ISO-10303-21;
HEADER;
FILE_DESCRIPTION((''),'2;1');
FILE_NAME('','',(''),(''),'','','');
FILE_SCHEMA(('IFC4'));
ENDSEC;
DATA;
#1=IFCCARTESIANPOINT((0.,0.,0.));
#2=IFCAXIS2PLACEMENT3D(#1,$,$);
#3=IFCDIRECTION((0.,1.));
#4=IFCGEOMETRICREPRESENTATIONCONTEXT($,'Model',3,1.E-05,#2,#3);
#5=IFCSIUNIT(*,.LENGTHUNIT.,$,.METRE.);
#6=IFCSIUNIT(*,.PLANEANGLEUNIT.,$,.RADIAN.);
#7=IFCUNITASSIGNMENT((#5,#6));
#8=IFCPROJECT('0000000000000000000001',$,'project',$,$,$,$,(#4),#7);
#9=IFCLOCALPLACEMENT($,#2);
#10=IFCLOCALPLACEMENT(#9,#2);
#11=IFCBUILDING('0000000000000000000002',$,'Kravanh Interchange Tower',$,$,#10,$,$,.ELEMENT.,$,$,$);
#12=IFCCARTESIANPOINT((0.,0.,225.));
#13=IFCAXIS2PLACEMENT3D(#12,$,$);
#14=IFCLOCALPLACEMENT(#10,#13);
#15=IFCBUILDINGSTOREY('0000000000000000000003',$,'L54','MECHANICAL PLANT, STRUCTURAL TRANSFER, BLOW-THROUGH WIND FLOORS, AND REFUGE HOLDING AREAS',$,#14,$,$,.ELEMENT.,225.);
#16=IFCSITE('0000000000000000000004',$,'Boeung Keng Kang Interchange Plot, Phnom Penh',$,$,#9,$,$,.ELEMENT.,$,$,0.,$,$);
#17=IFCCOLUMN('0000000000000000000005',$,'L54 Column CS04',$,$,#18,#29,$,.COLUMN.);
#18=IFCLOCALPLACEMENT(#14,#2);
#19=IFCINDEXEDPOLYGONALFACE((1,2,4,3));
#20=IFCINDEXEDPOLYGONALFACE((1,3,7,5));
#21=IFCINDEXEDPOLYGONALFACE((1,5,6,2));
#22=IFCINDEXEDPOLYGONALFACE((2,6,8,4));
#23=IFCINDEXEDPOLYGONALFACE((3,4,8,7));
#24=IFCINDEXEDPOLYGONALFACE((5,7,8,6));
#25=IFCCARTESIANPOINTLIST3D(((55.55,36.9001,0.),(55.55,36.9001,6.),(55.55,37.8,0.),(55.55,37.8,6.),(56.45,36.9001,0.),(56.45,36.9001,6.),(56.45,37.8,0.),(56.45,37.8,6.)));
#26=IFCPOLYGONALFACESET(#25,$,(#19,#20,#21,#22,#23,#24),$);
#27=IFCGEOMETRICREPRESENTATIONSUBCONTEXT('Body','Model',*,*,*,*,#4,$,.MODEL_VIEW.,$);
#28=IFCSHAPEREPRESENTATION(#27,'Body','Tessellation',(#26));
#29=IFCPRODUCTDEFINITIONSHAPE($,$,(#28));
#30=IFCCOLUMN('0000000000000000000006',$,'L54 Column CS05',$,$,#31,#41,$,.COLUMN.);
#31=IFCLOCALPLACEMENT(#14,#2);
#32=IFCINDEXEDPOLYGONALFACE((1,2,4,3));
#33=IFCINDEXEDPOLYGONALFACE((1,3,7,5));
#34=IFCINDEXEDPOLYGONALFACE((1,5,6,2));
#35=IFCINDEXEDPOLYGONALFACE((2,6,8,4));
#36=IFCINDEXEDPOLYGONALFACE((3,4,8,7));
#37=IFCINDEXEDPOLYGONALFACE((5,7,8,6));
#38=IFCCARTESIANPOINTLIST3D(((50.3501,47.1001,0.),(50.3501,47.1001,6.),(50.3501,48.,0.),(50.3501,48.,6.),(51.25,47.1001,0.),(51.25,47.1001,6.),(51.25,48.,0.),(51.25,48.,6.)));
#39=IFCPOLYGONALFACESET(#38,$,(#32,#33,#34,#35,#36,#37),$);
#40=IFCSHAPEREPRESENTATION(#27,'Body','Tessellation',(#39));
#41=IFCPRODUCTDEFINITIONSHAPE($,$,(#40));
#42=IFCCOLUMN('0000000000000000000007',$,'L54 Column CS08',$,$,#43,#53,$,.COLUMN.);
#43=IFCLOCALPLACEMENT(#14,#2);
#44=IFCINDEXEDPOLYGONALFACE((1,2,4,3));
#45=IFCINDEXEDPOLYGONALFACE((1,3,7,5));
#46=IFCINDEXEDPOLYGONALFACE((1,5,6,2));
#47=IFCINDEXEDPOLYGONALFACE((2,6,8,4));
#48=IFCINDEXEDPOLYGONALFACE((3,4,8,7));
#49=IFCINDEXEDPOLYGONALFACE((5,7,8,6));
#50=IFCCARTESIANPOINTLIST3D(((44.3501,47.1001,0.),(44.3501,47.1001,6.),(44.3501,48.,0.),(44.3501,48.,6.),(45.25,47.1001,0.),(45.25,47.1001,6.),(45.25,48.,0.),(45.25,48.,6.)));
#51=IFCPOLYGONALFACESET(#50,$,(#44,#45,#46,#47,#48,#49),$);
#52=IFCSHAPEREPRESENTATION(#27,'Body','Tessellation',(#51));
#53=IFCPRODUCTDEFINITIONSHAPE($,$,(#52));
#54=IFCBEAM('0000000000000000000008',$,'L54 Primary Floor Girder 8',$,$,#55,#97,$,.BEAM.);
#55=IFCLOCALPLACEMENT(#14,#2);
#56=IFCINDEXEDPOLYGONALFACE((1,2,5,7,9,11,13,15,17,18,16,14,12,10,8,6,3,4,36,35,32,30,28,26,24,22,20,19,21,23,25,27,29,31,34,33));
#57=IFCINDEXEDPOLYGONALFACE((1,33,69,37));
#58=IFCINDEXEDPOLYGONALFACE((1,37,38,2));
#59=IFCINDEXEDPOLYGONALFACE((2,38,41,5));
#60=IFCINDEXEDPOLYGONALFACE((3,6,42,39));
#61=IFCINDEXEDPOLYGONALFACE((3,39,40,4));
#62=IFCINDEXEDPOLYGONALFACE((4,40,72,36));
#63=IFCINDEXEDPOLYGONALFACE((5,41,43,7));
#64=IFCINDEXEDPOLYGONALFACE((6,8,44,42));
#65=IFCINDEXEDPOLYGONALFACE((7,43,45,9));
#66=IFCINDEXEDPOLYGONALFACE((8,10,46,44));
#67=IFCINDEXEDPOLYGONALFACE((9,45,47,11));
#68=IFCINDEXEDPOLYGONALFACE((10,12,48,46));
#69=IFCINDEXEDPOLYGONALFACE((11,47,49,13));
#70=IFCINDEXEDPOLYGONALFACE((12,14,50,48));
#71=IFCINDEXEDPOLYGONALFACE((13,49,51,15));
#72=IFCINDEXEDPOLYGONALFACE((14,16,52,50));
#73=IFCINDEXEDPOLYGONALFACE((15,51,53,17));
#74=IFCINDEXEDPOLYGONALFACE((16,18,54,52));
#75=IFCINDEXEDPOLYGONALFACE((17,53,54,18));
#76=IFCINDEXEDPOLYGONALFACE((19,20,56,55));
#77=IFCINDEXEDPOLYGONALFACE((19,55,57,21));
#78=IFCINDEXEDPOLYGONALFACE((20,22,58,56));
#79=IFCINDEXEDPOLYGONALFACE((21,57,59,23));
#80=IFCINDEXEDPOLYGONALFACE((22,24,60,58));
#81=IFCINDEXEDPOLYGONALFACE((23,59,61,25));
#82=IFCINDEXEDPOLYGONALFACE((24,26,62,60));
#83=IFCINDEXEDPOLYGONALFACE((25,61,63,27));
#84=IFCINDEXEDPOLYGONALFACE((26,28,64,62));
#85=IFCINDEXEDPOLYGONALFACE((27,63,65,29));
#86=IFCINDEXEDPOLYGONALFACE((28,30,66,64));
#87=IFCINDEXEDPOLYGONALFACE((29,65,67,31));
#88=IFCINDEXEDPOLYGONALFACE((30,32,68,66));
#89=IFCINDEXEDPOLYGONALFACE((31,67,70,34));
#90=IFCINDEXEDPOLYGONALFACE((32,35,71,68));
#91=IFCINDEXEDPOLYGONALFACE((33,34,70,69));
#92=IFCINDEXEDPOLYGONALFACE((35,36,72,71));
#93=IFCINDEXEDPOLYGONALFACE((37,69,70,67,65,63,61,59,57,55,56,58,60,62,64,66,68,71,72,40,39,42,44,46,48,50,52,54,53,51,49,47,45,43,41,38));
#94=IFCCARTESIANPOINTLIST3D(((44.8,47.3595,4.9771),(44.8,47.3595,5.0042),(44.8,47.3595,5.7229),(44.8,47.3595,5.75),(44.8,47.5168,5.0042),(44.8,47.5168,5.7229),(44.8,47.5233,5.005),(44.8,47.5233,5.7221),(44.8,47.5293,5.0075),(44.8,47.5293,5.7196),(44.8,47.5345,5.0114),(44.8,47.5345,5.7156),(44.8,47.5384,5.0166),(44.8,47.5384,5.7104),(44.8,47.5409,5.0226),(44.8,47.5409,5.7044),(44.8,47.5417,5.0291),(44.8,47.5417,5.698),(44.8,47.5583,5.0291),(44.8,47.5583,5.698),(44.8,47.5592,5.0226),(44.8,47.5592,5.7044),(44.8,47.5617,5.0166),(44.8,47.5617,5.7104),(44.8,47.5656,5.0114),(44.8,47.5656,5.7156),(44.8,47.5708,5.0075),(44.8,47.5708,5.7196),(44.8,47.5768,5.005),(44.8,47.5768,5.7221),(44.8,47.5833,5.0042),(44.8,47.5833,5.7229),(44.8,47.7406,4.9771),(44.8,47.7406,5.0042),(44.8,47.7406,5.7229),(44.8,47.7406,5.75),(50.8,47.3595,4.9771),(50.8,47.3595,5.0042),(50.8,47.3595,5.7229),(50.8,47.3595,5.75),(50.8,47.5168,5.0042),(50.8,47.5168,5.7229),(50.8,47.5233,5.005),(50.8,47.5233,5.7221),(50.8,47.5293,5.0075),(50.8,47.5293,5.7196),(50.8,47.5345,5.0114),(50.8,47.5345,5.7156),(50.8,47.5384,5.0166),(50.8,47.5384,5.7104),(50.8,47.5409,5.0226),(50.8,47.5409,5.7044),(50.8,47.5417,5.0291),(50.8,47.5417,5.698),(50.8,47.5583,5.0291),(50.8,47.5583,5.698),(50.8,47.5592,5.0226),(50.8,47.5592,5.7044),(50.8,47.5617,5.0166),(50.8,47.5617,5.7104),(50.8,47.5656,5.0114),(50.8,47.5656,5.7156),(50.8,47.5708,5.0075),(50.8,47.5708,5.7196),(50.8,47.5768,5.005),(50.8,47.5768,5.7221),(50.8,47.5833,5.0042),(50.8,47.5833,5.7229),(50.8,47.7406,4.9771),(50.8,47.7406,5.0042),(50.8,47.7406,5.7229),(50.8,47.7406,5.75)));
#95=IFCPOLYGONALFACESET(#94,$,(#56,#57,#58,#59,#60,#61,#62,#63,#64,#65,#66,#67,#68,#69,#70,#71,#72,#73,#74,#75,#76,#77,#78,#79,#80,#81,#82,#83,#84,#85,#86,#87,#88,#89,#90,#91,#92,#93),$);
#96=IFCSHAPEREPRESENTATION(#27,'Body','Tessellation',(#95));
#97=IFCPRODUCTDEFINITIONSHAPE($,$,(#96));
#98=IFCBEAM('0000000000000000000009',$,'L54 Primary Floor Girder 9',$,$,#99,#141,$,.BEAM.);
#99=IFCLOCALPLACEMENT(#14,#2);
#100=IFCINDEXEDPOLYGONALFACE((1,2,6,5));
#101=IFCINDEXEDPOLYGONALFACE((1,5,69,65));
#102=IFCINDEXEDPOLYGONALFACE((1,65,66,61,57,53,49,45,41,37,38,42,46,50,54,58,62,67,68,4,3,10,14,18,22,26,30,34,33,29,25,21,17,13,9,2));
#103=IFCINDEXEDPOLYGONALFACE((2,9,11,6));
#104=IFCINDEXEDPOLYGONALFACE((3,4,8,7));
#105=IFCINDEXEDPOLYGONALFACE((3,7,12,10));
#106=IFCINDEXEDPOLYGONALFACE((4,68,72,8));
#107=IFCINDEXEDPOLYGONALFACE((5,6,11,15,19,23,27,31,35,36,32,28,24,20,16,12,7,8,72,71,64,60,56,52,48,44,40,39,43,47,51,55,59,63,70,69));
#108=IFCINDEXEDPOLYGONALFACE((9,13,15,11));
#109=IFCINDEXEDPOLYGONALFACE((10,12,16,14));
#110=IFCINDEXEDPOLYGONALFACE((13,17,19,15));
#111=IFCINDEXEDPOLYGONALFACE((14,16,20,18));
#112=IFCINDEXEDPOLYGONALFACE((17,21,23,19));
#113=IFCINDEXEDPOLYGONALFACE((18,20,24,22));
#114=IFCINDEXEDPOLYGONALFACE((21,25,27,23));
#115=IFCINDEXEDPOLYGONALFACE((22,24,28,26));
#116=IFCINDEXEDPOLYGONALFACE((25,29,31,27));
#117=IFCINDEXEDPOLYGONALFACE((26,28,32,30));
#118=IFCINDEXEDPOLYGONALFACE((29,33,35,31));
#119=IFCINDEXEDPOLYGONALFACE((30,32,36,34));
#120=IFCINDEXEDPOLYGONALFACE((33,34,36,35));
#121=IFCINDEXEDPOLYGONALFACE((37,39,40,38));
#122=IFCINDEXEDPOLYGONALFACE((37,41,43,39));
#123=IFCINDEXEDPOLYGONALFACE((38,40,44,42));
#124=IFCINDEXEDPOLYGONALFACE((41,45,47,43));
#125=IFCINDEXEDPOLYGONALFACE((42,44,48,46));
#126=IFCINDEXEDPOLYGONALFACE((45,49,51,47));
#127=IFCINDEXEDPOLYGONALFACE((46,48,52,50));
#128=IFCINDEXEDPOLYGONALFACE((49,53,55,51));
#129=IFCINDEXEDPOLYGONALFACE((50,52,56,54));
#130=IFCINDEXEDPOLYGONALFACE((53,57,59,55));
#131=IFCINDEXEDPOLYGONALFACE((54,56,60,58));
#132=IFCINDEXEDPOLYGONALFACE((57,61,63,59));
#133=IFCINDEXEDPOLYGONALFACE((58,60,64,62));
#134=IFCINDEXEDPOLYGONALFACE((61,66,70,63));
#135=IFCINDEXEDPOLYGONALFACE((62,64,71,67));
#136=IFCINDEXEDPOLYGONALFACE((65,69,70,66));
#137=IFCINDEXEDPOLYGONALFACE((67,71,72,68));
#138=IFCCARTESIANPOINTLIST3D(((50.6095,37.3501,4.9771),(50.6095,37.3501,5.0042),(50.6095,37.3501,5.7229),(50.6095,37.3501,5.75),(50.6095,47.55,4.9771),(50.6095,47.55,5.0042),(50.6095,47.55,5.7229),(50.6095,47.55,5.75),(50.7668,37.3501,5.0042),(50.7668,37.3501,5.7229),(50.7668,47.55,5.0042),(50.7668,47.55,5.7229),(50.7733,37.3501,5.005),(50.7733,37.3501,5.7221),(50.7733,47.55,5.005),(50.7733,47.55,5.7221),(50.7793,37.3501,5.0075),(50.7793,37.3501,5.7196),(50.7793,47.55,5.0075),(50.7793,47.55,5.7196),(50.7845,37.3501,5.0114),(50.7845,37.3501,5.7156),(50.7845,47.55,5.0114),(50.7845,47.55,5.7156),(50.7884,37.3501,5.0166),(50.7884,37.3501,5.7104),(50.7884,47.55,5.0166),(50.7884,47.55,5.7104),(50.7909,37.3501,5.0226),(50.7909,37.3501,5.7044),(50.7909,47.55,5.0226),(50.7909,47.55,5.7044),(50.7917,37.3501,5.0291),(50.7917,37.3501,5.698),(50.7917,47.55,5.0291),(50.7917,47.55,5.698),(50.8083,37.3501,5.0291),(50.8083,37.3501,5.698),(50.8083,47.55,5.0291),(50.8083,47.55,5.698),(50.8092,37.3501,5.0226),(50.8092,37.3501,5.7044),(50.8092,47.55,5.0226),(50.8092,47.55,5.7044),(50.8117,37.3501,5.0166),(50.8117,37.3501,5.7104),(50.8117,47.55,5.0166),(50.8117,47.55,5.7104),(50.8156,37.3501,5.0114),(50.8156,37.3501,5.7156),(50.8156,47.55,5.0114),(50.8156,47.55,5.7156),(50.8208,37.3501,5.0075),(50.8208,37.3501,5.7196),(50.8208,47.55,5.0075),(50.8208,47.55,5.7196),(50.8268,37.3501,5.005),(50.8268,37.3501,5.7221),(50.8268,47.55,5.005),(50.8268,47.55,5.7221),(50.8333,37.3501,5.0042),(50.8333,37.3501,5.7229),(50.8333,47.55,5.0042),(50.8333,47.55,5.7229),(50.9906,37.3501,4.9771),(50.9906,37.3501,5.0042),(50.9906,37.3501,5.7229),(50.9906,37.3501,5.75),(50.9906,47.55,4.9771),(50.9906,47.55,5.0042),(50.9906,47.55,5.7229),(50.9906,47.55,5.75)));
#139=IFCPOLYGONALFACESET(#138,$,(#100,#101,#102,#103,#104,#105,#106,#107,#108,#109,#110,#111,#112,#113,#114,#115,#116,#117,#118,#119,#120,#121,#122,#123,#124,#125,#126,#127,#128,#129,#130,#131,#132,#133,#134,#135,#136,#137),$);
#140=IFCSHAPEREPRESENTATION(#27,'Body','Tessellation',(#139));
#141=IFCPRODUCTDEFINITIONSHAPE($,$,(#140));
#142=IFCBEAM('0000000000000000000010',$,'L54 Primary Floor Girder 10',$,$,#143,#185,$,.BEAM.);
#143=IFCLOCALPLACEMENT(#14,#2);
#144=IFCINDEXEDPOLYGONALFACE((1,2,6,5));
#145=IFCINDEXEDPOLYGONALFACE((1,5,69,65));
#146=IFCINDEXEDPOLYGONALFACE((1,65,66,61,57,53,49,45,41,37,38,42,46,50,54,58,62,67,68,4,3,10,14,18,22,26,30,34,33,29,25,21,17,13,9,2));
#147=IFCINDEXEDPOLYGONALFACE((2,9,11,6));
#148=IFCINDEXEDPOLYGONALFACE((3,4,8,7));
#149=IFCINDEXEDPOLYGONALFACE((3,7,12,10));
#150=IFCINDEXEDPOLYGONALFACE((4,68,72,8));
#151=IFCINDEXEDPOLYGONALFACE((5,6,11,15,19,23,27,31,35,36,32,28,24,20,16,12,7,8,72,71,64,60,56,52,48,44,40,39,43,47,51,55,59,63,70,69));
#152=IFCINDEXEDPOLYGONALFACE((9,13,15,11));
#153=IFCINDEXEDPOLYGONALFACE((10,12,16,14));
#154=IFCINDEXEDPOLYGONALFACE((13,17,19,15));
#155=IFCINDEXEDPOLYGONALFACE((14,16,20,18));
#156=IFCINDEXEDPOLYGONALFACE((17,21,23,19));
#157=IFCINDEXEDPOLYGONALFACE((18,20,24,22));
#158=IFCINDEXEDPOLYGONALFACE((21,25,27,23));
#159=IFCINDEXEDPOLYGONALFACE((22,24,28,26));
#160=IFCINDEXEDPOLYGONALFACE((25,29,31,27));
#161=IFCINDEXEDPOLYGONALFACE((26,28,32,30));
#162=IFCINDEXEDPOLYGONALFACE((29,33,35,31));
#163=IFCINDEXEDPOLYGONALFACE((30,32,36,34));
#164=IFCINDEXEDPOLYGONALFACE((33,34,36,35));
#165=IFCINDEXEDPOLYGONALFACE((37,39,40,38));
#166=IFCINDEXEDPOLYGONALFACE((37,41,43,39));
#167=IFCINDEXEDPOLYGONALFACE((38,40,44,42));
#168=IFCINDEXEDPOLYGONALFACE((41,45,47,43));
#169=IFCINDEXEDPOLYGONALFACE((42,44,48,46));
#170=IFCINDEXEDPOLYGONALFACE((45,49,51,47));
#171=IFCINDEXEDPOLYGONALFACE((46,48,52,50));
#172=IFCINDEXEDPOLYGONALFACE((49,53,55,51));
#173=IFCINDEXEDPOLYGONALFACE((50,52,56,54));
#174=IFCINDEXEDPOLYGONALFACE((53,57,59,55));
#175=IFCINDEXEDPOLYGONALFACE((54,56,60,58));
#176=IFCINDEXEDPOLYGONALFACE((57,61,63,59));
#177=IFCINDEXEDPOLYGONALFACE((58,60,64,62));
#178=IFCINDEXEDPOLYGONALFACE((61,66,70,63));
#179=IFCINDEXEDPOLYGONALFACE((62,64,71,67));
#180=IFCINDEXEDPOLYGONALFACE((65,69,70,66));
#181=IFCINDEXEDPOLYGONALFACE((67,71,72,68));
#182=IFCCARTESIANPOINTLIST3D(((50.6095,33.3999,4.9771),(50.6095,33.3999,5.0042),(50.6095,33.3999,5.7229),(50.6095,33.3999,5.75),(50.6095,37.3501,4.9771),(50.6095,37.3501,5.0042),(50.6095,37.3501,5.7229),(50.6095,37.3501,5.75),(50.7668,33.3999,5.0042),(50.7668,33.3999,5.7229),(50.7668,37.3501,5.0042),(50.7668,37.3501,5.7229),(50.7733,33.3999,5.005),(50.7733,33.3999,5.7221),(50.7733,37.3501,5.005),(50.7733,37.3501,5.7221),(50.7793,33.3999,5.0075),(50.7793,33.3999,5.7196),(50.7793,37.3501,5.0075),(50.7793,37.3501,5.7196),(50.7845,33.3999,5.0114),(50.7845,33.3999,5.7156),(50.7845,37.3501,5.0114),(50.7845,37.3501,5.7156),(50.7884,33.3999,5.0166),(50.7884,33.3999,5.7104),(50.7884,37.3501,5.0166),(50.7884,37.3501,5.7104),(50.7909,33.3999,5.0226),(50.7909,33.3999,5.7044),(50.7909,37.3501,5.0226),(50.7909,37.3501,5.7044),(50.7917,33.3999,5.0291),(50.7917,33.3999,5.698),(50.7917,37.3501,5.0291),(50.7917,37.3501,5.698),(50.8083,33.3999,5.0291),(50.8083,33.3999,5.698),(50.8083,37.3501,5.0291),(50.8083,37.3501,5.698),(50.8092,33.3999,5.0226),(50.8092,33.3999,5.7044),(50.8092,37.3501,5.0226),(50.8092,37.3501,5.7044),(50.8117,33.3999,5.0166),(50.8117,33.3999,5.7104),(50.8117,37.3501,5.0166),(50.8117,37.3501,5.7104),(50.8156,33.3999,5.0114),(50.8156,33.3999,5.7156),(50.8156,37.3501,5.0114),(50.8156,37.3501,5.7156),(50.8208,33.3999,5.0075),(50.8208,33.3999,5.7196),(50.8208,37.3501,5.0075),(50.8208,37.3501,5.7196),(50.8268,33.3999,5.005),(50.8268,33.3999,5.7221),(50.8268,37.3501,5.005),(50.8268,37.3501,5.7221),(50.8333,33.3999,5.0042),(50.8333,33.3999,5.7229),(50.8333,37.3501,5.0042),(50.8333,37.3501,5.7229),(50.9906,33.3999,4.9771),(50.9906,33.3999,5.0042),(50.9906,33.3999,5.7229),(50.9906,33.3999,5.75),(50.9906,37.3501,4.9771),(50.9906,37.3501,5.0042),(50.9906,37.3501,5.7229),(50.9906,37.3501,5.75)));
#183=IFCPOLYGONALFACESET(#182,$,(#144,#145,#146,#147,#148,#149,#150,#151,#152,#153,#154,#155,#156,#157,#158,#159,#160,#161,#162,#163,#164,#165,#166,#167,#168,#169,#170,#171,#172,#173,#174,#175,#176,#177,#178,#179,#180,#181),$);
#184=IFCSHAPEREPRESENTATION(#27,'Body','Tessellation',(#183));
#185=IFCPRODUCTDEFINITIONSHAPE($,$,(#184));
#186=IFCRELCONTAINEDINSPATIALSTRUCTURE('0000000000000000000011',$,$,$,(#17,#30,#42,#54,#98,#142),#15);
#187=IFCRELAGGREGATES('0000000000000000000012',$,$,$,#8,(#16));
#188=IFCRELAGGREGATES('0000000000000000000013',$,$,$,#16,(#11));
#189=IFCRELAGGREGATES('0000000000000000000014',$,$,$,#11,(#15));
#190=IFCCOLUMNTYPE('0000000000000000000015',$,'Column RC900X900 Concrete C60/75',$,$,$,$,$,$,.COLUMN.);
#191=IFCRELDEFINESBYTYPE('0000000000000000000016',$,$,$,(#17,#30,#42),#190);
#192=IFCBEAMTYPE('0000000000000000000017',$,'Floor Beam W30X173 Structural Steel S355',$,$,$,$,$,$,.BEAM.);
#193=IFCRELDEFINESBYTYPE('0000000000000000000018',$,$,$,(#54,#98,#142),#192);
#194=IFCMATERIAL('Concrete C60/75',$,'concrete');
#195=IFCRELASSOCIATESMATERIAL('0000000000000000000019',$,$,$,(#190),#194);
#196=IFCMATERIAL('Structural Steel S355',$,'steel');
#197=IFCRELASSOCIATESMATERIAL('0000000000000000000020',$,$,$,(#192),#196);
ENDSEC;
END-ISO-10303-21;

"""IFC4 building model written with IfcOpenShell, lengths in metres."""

from ifc_helpers import new_model, si_unit, direction, frame, origin, origin_2d, place, context, subcontext, project, spatial, rectangle, i_section, extrude, material, material_profile, profile_set, type_object, element, save


model = new_model("IFC4")

# Units and contexts
model_context = context("Model", 3, precision=1e-05, world=origin(), true_north=direction((0.0, 1.0)))
body_context = subcontext(model_context, "Body", "Model", "MODEL_VIEW")
ifc_project = project(units=[si_unit("LENGTHUNIT", "METRE"), si_unit("PLANEANGLEUNIT", "RADIAN")], contexts=[model_context])

# Site, building, storey
site_placement = place(None, origin())
site = spatial("IfcSite", under=ifc_project, at=site_placement, Name="Boeung Keng Kang Interchange Plot, Phnom Penh", CompositionType="ELEMENT", RefElevation=0.0)
building_placement = place(site_placement, origin())
building = spatial("IfcBuilding", under=site, at=building_placement, Name="Kravanh Interchange Tower", CompositionType="ELEMENT")
storey_placement = place(building_placement, frame((0.0, 0.0, 225.0)))
storey = spatial("IfcBuildingStorey", under=building, at=storey_placement, Name="L54", Description="MECHANICAL PLANT, STRUCTURAL TRANSFER, BLOW-THROUGH WIND FLOORS, AND REFUGE HOLDING AREAS", CompositionType="ELEMENT", Elevation=225.0)

# Columns
ifc_material_1 = material(Name="Concrete C60/75", Category="concrete")
ifc_material_profile_1 = material_profile(ifc_material_1, rectangle(XDim=0.8999, YDim=0.8999, at=origin_2d()), Name="RC900X900")
ifc_profile_set_1 = profile_set([ifc_material_profile_1], Name="Concrete C60/75")
column_type = type_object("IfcColumnType", Name="Column RC900X900 Concrete C60/75", PredefinedType="COLUMN", material=ifc_profile_set_1)
for number, where, z_axis, x_axis, name in (
    (1, (56.0, 37.3501, 0.0), (0.0, 0.0, 1.0), (1.0, 0.0, 0.0), "L54 Column CS04"),
    (2, (50.8, 47.55, 0.0), (0.0, 0.0, 1.0), (1.0, 0.0, 0.0), "L54 Column CS05"),
    (3, (44.8, 47.55, 0.0), (0.0, 0.0, 1.0), (1.0, 0.0, 0.0), "L54 Column CS08"),
):
    element("IfcColumn", number, at=place(storey_placement, frame(where, z_axis=z_axis, x_axis=x_axis)), inside=storey, type_object=column_type, Name=name, PredefinedType="COLUMN", context=body_context, shape_type="SweptSolid", body=[
        extrude(rectangle(XDim=0.8999, YDim=0.8999, at=origin_2d()), origin(), (0.0, 0.0, 1.0), 6.0),
    ])

# Beams
ifc_material_2 = material(Name="Structural Steel S355", Category="steel")
ifc_material_profile_2 = material_profile(ifc_material_2, i_section(OverallWidth=0.3811, OverallDepth=0.7729, WebThickness=0.0166, FlangeThickness=0.0271, FilletRadius=0.0249, at=origin_2d()), Name="W30X173")
ifc_profile_set_2 = profile_set([ifc_material_profile_2], Name="Structural Steel S355")
beam_type_1 = type_object("IfcBeamType", Name="Floor Beam W30X173 Structural Steel S355", PredefinedType="BEAM", material=ifc_profile_set_2)
beam_1_placement = place(storey_placement, frame((50.8, 47.55, 5.3635), z_axis=(-1.0, 0.0, 0.0), x_axis=(0.0, -1.0, 0.0)))
element("IfcBeam", 4, at=beam_1_placement, inside=storey, type_object=beam_type_1, Name="L54 Primary Floor Girder 8", PredefinedType="BEAM", context=body_context, shape_type="SweptSolid", body=[
    extrude(i_section(OverallWidth=0.3811, OverallDepth=0.7729, WebThickness=0.0166, FlangeThickness=0.0271, FilletRadius=0.0249, at=origin_2d()), origin(), (0.0, 0.0, 1.0), 6.0),
])
beam_2_placement = place(storey_placement, frame((50.8, 47.55, 5.3635), z_axis=(0.0, -1.0, 0.0), x_axis=(1.0, 0.0, 0.0)))
element("IfcBeam", 5, at=beam_2_placement, inside=storey, type_object=beam_type_1, Name="L54 Primary Floor Girder 9", PredefinedType="BEAM", context=body_context, shape_type="SweptSolid", body=[
    extrude(i_section(OverallWidth=0.3811, OverallDepth=0.7729, WebThickness=0.0166, FlangeThickness=0.0271, FilletRadius=0.0249, at=origin_2d()), origin(), (0.0, 0.0, 1.0), 10.2),
])
beam_3_placement = place(storey_placement, frame((50.8, 37.3501, 5.3635), z_axis=(0.0, -1.0, 0.0), x_axis=(1.0, 0.0, 0.0)))
element("IfcBeam", 6, at=beam_3_placement, inside=storey, type_object=beam_type_1, Name="L54 Primary Floor Girder 10", PredefinedType="BEAM", context=body_context, shape_type="SweptSolid", body=[
    extrude(i_section(OverallWidth=0.3811, OverallDepth=0.7729, WebThickness=0.0166, FlangeThickness=0.0271, FilletRadius=0.0249, at=origin_2d()), origin(), (0.0, 0.0, 1.0), 3.9502),
])

save(model, "model.ifc")
